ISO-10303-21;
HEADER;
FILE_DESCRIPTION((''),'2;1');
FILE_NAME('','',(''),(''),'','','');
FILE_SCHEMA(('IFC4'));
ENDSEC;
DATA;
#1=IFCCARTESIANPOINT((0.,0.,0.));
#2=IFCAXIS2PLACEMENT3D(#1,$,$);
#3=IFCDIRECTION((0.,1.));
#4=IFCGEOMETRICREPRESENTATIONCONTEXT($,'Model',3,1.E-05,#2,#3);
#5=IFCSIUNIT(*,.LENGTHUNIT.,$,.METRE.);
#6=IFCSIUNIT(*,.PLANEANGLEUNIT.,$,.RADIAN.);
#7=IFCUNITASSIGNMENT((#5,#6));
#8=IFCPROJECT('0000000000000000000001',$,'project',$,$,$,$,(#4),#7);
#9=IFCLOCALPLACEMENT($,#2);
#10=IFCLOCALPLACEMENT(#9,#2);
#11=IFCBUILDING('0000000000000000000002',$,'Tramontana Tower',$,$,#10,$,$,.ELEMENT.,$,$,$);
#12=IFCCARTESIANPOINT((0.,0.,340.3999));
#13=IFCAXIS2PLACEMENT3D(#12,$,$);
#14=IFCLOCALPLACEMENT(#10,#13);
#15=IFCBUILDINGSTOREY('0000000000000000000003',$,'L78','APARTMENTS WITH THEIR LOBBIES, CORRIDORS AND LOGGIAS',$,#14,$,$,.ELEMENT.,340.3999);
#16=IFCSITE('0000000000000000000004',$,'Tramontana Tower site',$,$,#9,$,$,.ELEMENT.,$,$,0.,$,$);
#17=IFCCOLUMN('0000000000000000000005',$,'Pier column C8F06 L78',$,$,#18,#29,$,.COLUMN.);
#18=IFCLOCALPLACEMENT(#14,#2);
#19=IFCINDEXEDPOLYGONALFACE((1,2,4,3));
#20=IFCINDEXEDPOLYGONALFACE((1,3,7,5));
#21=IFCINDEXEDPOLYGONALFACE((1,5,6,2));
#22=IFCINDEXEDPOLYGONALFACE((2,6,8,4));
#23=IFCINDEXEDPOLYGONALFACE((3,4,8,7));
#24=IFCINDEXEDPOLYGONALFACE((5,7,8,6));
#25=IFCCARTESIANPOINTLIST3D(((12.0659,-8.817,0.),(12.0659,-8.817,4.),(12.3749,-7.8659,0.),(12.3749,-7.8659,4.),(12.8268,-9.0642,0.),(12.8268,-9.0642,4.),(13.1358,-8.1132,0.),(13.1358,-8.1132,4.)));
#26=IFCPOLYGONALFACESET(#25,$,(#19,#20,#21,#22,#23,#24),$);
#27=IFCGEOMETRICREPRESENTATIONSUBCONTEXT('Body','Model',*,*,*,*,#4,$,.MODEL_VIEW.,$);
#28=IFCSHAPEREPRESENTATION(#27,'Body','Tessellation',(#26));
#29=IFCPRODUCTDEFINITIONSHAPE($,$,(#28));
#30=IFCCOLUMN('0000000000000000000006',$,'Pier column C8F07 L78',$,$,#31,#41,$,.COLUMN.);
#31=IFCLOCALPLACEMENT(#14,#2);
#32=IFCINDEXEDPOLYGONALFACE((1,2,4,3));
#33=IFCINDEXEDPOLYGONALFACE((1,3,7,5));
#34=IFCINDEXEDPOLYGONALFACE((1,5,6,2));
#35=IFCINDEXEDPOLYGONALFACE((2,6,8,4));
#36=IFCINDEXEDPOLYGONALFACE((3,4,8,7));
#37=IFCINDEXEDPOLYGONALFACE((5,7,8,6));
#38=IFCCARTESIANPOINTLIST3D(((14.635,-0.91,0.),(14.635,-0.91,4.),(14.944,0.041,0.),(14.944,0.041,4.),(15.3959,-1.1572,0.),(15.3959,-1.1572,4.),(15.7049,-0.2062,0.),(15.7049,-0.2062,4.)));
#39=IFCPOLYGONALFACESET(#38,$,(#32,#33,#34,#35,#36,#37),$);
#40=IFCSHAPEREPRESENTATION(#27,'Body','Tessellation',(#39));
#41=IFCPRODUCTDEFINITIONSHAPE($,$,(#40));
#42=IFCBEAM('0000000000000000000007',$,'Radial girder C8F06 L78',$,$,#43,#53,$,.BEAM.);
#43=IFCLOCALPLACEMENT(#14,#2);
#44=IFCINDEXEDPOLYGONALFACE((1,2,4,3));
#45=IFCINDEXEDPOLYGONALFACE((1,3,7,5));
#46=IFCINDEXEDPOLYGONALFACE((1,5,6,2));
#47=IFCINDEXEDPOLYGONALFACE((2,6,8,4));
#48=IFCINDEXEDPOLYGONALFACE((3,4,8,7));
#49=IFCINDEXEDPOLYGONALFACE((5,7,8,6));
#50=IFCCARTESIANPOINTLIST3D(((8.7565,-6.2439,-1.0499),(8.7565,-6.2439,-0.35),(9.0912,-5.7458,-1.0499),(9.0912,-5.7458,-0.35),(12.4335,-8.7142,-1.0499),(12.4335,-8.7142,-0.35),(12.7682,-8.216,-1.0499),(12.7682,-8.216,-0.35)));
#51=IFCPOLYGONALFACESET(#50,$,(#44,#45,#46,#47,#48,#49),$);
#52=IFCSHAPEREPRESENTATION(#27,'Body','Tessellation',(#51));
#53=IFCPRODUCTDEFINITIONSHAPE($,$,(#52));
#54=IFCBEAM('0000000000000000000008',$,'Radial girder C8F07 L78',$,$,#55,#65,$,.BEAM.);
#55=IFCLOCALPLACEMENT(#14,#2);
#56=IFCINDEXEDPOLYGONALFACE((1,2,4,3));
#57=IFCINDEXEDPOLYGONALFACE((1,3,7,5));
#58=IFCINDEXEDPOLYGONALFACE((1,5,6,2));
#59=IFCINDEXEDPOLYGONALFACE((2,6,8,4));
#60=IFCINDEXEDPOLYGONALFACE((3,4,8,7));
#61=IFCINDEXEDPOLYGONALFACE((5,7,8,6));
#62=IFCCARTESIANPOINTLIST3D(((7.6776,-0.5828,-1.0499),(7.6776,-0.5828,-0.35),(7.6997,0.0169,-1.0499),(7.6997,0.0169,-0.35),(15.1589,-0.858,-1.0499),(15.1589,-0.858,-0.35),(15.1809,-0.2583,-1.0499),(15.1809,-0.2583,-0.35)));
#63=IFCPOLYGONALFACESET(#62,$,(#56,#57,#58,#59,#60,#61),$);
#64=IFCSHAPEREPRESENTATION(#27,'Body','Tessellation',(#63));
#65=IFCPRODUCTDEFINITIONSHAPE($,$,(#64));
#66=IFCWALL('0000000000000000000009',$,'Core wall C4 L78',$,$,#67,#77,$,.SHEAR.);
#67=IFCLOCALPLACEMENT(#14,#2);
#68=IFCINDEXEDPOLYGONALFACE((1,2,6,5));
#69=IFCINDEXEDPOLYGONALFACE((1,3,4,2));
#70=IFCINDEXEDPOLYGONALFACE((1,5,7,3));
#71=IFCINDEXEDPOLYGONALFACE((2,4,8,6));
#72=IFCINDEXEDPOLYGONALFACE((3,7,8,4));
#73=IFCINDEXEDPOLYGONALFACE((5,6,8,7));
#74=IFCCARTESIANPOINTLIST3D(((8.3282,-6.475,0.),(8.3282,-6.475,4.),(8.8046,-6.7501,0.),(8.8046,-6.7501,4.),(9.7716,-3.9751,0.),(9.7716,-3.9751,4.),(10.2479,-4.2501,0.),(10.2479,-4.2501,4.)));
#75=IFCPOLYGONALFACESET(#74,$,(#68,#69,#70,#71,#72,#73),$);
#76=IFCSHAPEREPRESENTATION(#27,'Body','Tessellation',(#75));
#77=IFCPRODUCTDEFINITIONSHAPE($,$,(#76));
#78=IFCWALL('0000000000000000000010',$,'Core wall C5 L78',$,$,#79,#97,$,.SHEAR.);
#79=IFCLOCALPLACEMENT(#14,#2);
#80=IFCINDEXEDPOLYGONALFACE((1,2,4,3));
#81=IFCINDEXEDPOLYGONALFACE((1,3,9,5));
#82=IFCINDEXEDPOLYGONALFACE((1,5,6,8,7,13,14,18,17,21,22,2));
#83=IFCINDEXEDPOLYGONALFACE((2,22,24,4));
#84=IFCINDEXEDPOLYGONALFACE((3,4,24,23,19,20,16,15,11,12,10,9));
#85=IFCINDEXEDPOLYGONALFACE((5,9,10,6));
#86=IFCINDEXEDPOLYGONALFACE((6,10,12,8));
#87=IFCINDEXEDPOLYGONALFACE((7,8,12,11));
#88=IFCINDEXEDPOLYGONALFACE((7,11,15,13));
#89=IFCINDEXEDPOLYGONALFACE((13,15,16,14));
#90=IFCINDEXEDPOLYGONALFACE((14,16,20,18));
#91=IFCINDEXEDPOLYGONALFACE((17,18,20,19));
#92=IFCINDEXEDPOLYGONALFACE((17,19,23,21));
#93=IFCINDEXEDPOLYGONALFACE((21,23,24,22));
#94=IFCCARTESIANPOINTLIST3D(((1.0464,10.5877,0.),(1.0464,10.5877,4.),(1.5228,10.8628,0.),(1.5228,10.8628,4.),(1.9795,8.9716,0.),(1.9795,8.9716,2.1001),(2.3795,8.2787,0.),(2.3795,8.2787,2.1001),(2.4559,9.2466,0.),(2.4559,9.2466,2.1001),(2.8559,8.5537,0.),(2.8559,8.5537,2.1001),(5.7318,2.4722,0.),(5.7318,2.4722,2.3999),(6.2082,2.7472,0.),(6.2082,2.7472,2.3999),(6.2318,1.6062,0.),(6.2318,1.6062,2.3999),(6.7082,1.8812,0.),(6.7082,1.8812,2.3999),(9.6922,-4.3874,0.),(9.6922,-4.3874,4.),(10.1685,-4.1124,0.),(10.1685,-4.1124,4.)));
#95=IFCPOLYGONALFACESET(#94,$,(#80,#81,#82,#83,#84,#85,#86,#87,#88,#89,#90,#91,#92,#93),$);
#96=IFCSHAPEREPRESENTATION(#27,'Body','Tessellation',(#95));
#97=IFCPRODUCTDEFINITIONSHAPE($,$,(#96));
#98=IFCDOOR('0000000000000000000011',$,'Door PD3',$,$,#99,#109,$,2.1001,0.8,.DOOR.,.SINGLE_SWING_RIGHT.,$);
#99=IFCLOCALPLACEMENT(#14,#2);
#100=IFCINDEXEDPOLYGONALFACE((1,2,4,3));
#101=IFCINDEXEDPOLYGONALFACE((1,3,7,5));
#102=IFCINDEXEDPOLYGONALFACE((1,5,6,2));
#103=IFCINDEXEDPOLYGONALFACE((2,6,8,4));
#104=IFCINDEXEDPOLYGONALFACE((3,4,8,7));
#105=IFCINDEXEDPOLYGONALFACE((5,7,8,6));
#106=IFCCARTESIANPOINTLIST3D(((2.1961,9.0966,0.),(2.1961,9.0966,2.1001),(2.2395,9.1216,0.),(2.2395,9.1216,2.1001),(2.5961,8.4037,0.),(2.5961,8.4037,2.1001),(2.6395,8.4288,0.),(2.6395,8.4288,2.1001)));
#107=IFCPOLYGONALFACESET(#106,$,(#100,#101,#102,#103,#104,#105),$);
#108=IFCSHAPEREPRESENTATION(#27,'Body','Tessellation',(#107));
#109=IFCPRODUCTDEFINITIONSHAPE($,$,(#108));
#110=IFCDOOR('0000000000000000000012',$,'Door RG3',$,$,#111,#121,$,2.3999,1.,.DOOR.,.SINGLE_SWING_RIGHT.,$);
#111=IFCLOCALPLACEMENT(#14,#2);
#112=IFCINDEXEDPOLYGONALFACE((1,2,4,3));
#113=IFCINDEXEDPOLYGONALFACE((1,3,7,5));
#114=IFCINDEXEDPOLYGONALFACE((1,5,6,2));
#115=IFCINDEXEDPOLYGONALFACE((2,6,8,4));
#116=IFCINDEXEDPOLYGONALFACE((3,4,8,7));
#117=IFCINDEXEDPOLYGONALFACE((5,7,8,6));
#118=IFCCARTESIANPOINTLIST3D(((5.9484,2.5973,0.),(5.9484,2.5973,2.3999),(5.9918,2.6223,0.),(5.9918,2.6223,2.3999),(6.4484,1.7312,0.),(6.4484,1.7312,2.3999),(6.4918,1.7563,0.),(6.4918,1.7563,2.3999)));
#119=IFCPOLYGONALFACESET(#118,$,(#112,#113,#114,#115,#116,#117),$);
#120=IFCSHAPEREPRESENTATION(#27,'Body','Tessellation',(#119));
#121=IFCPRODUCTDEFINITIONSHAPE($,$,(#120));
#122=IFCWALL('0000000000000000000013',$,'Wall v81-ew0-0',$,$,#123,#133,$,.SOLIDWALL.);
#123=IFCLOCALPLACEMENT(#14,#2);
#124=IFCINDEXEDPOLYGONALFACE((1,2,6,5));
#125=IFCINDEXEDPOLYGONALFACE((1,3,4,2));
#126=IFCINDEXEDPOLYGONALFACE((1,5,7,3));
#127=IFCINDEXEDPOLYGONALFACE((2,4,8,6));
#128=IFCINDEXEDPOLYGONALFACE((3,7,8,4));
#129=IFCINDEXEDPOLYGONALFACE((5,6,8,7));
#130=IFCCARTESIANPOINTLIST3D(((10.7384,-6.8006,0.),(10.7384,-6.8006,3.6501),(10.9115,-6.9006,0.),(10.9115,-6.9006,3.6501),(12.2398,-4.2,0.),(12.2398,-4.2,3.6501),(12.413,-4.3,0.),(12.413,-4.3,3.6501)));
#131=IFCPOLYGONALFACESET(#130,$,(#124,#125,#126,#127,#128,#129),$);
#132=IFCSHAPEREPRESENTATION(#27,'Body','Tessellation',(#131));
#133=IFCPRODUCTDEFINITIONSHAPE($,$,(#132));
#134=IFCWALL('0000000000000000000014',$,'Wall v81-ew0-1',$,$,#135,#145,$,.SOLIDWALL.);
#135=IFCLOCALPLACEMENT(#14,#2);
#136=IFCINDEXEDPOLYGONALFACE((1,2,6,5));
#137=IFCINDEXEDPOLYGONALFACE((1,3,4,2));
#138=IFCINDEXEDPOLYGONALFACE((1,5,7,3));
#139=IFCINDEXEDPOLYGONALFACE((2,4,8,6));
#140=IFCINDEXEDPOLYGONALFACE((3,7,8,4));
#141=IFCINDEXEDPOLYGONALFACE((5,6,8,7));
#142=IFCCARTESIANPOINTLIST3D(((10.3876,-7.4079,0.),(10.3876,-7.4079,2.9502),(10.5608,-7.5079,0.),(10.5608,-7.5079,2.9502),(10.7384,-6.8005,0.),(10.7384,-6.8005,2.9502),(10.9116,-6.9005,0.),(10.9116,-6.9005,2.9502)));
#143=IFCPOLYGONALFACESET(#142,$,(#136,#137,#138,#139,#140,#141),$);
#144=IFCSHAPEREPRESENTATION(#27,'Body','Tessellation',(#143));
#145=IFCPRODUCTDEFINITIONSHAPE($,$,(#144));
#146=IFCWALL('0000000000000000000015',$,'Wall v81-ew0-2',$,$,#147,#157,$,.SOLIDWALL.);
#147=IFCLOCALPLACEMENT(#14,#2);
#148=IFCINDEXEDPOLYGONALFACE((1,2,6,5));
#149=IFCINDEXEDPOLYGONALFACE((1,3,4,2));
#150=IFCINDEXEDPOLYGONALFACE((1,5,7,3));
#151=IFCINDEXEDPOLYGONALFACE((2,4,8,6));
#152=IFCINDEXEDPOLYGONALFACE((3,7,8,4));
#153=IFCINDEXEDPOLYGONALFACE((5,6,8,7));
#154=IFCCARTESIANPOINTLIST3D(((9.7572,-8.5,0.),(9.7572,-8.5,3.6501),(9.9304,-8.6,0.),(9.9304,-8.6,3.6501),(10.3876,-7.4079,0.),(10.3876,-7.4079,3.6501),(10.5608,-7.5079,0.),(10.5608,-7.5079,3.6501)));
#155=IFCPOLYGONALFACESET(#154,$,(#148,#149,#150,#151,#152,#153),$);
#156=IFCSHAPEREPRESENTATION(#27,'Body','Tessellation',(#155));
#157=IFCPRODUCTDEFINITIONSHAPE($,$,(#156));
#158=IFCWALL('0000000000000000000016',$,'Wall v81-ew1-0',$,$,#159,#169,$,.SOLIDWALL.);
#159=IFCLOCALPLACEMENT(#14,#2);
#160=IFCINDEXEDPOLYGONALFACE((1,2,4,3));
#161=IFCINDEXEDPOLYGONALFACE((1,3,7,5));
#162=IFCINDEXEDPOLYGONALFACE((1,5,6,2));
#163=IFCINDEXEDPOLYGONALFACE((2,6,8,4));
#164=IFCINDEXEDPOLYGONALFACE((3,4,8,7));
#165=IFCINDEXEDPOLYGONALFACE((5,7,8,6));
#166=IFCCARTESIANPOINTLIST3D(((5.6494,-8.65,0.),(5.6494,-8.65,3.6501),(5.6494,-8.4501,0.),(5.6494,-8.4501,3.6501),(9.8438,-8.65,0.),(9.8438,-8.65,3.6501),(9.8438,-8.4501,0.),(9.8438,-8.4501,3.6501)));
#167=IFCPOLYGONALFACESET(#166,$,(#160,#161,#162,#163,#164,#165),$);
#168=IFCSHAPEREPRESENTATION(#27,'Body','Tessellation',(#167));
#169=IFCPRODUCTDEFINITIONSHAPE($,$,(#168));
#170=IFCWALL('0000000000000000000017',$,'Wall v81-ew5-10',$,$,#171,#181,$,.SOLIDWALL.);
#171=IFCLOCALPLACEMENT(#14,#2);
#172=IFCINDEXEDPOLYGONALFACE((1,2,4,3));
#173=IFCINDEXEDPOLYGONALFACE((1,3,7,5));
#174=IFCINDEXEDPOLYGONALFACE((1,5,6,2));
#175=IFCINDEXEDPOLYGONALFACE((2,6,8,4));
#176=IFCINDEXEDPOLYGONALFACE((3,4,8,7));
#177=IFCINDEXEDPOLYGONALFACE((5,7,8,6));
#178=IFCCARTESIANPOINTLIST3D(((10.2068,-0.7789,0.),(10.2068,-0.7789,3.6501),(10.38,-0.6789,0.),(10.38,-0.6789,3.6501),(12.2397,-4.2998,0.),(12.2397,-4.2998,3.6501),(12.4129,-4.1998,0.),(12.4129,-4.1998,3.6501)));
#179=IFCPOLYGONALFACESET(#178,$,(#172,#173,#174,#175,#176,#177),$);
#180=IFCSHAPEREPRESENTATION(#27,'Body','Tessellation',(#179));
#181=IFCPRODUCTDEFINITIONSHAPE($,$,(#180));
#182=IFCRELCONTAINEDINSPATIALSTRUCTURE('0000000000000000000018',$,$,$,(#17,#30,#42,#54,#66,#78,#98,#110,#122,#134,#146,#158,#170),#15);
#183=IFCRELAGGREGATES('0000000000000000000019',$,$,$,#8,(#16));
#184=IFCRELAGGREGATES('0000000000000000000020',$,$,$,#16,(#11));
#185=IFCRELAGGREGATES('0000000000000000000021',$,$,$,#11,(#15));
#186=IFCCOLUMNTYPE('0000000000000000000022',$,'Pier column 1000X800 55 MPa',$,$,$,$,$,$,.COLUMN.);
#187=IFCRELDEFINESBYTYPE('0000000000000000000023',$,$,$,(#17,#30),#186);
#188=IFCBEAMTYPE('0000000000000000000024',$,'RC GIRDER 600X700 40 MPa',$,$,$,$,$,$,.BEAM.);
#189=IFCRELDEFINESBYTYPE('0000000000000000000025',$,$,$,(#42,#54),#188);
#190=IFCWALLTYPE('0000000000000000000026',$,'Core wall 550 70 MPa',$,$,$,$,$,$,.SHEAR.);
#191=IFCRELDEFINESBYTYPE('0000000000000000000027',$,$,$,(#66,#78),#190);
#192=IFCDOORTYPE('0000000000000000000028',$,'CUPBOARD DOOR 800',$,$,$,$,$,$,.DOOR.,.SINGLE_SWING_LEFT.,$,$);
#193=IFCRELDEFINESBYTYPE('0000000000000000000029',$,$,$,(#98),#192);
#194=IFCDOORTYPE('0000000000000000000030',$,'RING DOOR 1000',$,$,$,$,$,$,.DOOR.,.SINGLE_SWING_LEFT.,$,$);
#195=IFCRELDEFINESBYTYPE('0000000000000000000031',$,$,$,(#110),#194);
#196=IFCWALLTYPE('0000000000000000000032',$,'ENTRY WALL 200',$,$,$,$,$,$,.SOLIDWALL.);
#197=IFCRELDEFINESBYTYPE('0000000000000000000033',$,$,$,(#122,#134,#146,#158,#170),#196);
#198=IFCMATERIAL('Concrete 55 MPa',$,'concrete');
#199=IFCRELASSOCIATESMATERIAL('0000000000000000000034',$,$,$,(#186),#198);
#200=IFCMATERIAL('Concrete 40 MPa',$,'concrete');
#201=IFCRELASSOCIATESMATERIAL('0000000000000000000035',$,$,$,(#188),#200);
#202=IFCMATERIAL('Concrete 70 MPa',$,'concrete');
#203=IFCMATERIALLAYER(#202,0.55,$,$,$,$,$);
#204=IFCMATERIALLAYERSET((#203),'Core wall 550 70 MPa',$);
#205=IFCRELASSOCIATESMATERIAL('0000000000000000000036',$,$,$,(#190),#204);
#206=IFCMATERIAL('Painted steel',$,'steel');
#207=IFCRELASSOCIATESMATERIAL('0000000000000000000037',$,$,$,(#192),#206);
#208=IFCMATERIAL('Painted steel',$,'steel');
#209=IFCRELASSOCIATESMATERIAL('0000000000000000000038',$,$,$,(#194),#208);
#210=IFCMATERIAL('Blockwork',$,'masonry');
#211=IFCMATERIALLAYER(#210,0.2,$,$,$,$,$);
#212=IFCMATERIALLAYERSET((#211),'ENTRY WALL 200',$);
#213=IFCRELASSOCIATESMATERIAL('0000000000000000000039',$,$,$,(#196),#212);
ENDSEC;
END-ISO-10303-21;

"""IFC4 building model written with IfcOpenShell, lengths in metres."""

from ifc_helpers import new_model, si_unit, direction, frame, frame_2d, origin, origin_2d, place, context, subcontext, project, spatial, rectangle, extrude, material, layer, layer_set, material_profile, profile_set, type_object, element, fill, save


model = new_model("IFC4")

# Units and contexts
model_context = context("Model", 3, precision=1e-05, world=origin(), true_north=direction((0.0, 1.0)))
body_context = subcontext(model_context, "Body", "Model", "MODEL_VIEW")
ifc_project = project(units=[si_unit("LENGTHUNIT", "METRE"), si_unit("PLANEANGLEUNIT", "RADIAN")], contexts=[model_context])

# Site, building, storey
site_placement = place(None, origin())
site = spatial("IfcSite", under=ifc_project, at=site_placement, Name="Tramontana Tower site", CompositionType="ELEMENT", RefElevation=0.0)
building_placement = place(site_placement, origin())
building = spatial("IfcBuilding", under=site, at=building_placement, Name="Tramontana Tower", CompositionType="ELEMENT")
storey_placement = place(building_placement, frame((0.0, 0.0, 340.3999)))
storey = spatial("IfcBuildingStorey", under=building, at=storey_placement, Name="L78", Description="APARTMENTS WITH THEIR LOBBIES, CORRIDORS AND LOGGIAS", CompositionType="ELEMENT", Elevation=340.3999)

# Columns
ifc_material_1 = material(Name="Concrete 55 MPa", Category="concrete")
ifc_material_profile_1 = material_profile(ifc_material_1, rectangle(XDim=1.0, YDim=0.8, at=origin_2d()), Name="Pier column 1000X800 55 MPa")
ifc_profile_set_1 = profile_set([ifc_material_profile_1], Name="Concrete 55 MPa")
column_type = type_object("IfcColumnType", Name="Pier column 1000X800 55 MPa", PredefinedType="COLUMN", material=ifc_profile_set_1)
for number, where, z_axis, x_axis, name in (
    (1, (12.6008, -8.4651, 0.0), (0.0, 0.0, 1.0), (0.309017, 0.951057, 0.0), "Pier column C8F06 L78"),
    (2, (15.1699, -0.5581, 0.0), (0.0, 0.0, 1.0), (0.309017, 0.951057, 0.0), "Pier column C8F07 L78"),
):
    element("IfcColumn", number, at=place(storey_placement, frame(where, z_axis=z_axis, x_axis=x_axis)), inside=storey, type_object=column_type, Name=name, PredefinedType="COLUMN", context=body_context, shape_type="SweptSolid", body=[
        extrude(rectangle(XDim=1.0, YDim=0.8, at=origin_2d()), origin(), (0.0, 0.0, 1.0), 4.0),
    ])

# Beams
ifc_material_2 = material(Name="Concrete 40 MPa", Category="concrete")
ifc_material_profile_2 = material_profile(ifc_material_2, rectangle(XDim=0.6001, YDim=0.7, at=origin_2d()), Name="RC GIRDER 600X700 40 MPa")
ifc_profile_set_2 = profile_set([ifc_material_profile_2], Name="Concrete 40 MPa")
beam_type = type_object("IfcBeamType", Name="RC GIRDER 600X700 40 MPa", PredefinedType="BEAM", material=ifc_profile_set_2)
beam_1_placement = place(storey_placement, frame((12.6008, -8.4651, -0.7), z_axis=(-0.830078, 0.557647, 0.0), x_axis=(-0.557647, -0.830078, 0.0)))
element("IfcBeam", 3, at=beam_1_placement, inside=storey, type_object=beam_type, Name="Radial girder C8F06 L78", PredefinedType="BEAM", context=body_context, shape_type="SweptSolid", body=[
    extrude(rectangle(XDim=0.6001, YDim=0.7, at=origin_2d()), origin(), (0.0, 0.0, 1.0), 4.4297),
])
beam_2_placement = place(storey_placement, frame((15.1699, -0.5581, -0.7), z_axis=(-0.999324, 0.036754, 0.0), x_axis=(-0.036754, -0.999324, 0.0)))
element("IfcBeam", 4, at=beam_2_placement, inside=storey, type_object=beam_type, Name="Radial girder C8F07 L78", PredefinedType="BEAM", context=body_context, shape_type="SweptSolid", body=[
    extrude(rectangle(XDim=0.6001, YDim=0.7, at=origin_2d()), origin(), (0.0, 0.0, 1.0), 7.4863),
])

# Wall
ifc_material_3 = material(Name="Concrete 70 MPa", Category="concrete")
ifc_layer_1 = layer(ifc_material_3, 0.55)
ifc_layer_set_1 = layer_set([ifc_layer_1], Name="Core wall 550 70 MPa")
wall_type_1 = type_object("IfcWallType", Name="Core wall 550 70 MPa", PredefinedType="SHEAR", material=ifc_layer_set_1)
wall_1_placement = place(storey_placement, frame((8.5664, -6.6125, 0.0), z_axis=(0.0, 0.0, 1.0), x_axis=(0.499996, 0.866028, 0.0)))
element("IfcWall", 5, at=wall_1_placement, inside=storey, type_object=wall_type_1, Name="Core wall C4 L78", PredefinedType="SHEAR", context=body_context, shape_type="SweptSolid", body=[
    extrude(rectangle(XDim=2.8867, YDim=0.55, at=frame_2d((1.4434, 0.0))), origin(), (0.0, 0.0, 1.0), 4.0),
])

# Wall, openings, doors
wall_2_placement = place(storey_placement, frame((9.9304, -4.25, 0.0), z_axis=(0.0, 0.0, 1.0), x_axis=(-0.499995, 0.866029, 0.0)))
wall_2 = element("IfcWall", 6, at=wall_2_placement, inside=storey, type_object=wall_type_1, Name="Core wall C5 L78", PredefinedType="SHEAR", context=body_context, shape_type="SweptSolid", body=[
    extrude(rectangle(XDim=17.2917, YDim=0.55, at=frame_2d((8.646, 0.0))), origin(), (0.0, 0.0, 1.0), 4.0),
])
opening_1_placement = place(wall_2_placement, frame((6.9209, 0.0, 0.0)))
opening_1 = element("IfcOpeningElement", 7, at=opening_1_placement, cuts=wall_2, PredefinedType="OPENING", context=body_context, shape_type="SweptSolid", body=[
    extrude(rectangle(XDim=1.0, YDim=2.3999, at=frame_2d((0.5, 1.2))), frame((0.0, 0.2849, 0.0), z_axis=(0.0, -1.0, 0.0), x_axis=(1.0, 0.0, 0.0)), (0.0, 0.0, 1.0), 0.5701),
])
opening_2_placement = place(wall_2_placement, frame((14.6257, 0.0, 0.0)))
opening_2 = element("IfcOpeningElement", 8, at=opening_2_placement, cuts=wall_2, PredefinedType="OPENING", context=body_context, shape_type="SweptSolid", body=[
    extrude(rectangle(XDim=0.8, YDim=2.1001, at=frame_2d((0.3999, 1.05))), frame((0.0, 0.2849, 0.0), z_axis=(0.0, -1.0, 0.0), x_axis=(1.0, 0.0, 0.0)), (0.0, 0.0, 1.0), 0.5701),
])
ifc_material_4 = material(Name="Painted steel", Category="steel")
door_type_1 = type_object("IfcDoorType", Name="CUPBOARD DOOR 800", OperationType="SINGLE_SWING_LEFT", PredefinedType="DOOR", material=ifc_material_4)
door_1_placement = place(opening_2_placement, origin())
door_1 = element("IfcDoor", 9, at=door_1_placement, inside=storey, type_object=door_type_1, Name="Door PD3", OperationType="SINGLE_SWING_RIGHT", OverallHeight=2.1001, OverallWidth=0.8, PredefinedType="DOOR", context=body_context, shape_type="SweptSolid", body=[
    extrude(rectangle(XDim=0.8, YDim=2.1001, at=frame_2d((0.3999, 1.05))), frame((0.0, 0.0249, 0.0), z_axis=(0.0, -1.0, 0.0), x_axis=(1.0, 0.0, 0.0)), (0.0, 0.0, 1.0), 0.05),
])
fill(opening_2, door_1)
ifc_material_5 = material(Name="Painted steel", Category="steel")
door_type_2 = type_object("IfcDoorType", Name="RING DOOR 1000", OperationType="SINGLE_SWING_LEFT", PredefinedType="DOOR", material=ifc_material_5)
door_2_placement = place(opening_1_placement, origin())
door_2 = element("IfcDoor", 10, at=door_2_placement, inside=storey, type_object=door_type_2, Name="Door RG3", OperationType="SINGLE_SWING_RIGHT", OverallHeight=2.3999, OverallWidth=1.0, PredefinedType="DOOR", context=body_context, shape_type="SweptSolid", body=[
    extrude(rectangle(XDim=1.0, YDim=2.3999, at=frame_2d((0.5, 1.2))), frame((0.0, 0.0249, 0.0), z_axis=(0.0, -1.0, 0.0), x_axis=(1.0, 0.0, 0.0)), (0.0, 0.0, 1.0), 0.05),
])
fill(opening_1, door_2)

# Walls
ifc_material_6 = material(Name="Blockwork", Category="masonry")
ifc_layer_2 = layer(ifc_material_6, 0.2)
ifc_layer_set_2 = layer_set([ifc_layer_2], Name="ENTRY WALL 200")
wall_type_2 = type_object("IfcWallType", Name="ENTRY WALL 200", PredefinedType="SOLIDWALL", material=ifc_layer_set_2)
wall_3_placement = place(storey_placement, frame((12.3264, -4.25, 0.0), z_axis=(0.0, 0.0, 1.0), x_axis=(-0.500004, -0.866023, 0.0)))
element("IfcWall", 11, at=wall_3_placement, inside=storey, type_object=wall_type_2, Name="Wall v81-ew0-0", PredefinedType="SOLIDWALL", context=body_context, shape_type="SweptSolid", body=[
    extrude(rectangle(XDim=3.0029, YDim=0.2, at=frame_2d((1.5015, 0.0))), origin(), (0.0, 0.0, 1.0), 3.6501),
])
wall_4_placement = place(storey_placement, frame((10.825, -6.8506, 0.0), z_axis=(0.0, 0.0, 1.0), x_axis=(-0.500144, -0.865942, 0.0)))
element("IfcWall", 12, at=wall_4_placement, inside=storey, type_object=wall_type_2, Name="Wall v81-ew0-1", PredefinedType="SOLIDWALL", context=body_context, shape_type="SweptSolid", body=[
    extrude(rectangle(XDim=0.7014, YDim=0.2, at=frame_2d((0.3506, 0.0))), origin(), (0.0, 0.0, 1.0), 2.9502),
])
wall_5_placement = place(storey_placement, frame((10.4741, -7.458, 0.0), z_axis=(0.0, 0.0, 1.0), x_axis=(-0.499929, -0.866066, 0.0)))
element("IfcWall", 13, at=wall_5_placement, inside=storey, type_object=wall_type_2, Name="Wall v81-ew0-2", PredefinedType="SOLIDWALL", context=body_context, shape_type="SweptSolid", body=[
    extrude(rectangle(XDim=1.261, YDim=0.2, at=frame_2d((0.6304, 0.0))), origin(), (0.0, 0.0, 1.0), 3.6501),
])
wall_6_placement = place(storey_placement, frame((9.8438, -8.55, 0.0), z_axis=(0.0, 0.0, 1.0), x_axis=(-1.0, 0.0, 0.0)))
element("IfcWall", 14, at=wall_6_placement, inside=storey, type_object=wall_type_2, Name="Wall v81-ew1-0", PredefinedType="SOLIDWALL", context=body_context, shape_type="SweptSolid", body=[
    extrude(rectangle(XDim=4.1943, YDim=0.2, at=frame_2d((2.0972, 0.0))), origin(), (0.0, 0.0, 1.0), 3.6501),
])
wall_7_placement = place(storey_placement, frame((10.2935, -0.729, 0.0), z_axis=(0.0, 0.0, 1.0), x_axis=(0.50002, -0.866014, 0.0)))
element("IfcWall", 15, at=wall_7_placement, inside=storey, type_object=wall_type_2, Name="Wall v81-ew5-10", PredefinedType="SOLIDWALL", context=body_context, shape_type="SweptSolid", body=[
    extrude(rectangle(XDim=4.0657, YDim=0.2, at=frame_2d((2.0327, 0.0))), origin(), (0.0, 0.0, 1.0), 3.6501),
])

save(model, "model.ifc")
